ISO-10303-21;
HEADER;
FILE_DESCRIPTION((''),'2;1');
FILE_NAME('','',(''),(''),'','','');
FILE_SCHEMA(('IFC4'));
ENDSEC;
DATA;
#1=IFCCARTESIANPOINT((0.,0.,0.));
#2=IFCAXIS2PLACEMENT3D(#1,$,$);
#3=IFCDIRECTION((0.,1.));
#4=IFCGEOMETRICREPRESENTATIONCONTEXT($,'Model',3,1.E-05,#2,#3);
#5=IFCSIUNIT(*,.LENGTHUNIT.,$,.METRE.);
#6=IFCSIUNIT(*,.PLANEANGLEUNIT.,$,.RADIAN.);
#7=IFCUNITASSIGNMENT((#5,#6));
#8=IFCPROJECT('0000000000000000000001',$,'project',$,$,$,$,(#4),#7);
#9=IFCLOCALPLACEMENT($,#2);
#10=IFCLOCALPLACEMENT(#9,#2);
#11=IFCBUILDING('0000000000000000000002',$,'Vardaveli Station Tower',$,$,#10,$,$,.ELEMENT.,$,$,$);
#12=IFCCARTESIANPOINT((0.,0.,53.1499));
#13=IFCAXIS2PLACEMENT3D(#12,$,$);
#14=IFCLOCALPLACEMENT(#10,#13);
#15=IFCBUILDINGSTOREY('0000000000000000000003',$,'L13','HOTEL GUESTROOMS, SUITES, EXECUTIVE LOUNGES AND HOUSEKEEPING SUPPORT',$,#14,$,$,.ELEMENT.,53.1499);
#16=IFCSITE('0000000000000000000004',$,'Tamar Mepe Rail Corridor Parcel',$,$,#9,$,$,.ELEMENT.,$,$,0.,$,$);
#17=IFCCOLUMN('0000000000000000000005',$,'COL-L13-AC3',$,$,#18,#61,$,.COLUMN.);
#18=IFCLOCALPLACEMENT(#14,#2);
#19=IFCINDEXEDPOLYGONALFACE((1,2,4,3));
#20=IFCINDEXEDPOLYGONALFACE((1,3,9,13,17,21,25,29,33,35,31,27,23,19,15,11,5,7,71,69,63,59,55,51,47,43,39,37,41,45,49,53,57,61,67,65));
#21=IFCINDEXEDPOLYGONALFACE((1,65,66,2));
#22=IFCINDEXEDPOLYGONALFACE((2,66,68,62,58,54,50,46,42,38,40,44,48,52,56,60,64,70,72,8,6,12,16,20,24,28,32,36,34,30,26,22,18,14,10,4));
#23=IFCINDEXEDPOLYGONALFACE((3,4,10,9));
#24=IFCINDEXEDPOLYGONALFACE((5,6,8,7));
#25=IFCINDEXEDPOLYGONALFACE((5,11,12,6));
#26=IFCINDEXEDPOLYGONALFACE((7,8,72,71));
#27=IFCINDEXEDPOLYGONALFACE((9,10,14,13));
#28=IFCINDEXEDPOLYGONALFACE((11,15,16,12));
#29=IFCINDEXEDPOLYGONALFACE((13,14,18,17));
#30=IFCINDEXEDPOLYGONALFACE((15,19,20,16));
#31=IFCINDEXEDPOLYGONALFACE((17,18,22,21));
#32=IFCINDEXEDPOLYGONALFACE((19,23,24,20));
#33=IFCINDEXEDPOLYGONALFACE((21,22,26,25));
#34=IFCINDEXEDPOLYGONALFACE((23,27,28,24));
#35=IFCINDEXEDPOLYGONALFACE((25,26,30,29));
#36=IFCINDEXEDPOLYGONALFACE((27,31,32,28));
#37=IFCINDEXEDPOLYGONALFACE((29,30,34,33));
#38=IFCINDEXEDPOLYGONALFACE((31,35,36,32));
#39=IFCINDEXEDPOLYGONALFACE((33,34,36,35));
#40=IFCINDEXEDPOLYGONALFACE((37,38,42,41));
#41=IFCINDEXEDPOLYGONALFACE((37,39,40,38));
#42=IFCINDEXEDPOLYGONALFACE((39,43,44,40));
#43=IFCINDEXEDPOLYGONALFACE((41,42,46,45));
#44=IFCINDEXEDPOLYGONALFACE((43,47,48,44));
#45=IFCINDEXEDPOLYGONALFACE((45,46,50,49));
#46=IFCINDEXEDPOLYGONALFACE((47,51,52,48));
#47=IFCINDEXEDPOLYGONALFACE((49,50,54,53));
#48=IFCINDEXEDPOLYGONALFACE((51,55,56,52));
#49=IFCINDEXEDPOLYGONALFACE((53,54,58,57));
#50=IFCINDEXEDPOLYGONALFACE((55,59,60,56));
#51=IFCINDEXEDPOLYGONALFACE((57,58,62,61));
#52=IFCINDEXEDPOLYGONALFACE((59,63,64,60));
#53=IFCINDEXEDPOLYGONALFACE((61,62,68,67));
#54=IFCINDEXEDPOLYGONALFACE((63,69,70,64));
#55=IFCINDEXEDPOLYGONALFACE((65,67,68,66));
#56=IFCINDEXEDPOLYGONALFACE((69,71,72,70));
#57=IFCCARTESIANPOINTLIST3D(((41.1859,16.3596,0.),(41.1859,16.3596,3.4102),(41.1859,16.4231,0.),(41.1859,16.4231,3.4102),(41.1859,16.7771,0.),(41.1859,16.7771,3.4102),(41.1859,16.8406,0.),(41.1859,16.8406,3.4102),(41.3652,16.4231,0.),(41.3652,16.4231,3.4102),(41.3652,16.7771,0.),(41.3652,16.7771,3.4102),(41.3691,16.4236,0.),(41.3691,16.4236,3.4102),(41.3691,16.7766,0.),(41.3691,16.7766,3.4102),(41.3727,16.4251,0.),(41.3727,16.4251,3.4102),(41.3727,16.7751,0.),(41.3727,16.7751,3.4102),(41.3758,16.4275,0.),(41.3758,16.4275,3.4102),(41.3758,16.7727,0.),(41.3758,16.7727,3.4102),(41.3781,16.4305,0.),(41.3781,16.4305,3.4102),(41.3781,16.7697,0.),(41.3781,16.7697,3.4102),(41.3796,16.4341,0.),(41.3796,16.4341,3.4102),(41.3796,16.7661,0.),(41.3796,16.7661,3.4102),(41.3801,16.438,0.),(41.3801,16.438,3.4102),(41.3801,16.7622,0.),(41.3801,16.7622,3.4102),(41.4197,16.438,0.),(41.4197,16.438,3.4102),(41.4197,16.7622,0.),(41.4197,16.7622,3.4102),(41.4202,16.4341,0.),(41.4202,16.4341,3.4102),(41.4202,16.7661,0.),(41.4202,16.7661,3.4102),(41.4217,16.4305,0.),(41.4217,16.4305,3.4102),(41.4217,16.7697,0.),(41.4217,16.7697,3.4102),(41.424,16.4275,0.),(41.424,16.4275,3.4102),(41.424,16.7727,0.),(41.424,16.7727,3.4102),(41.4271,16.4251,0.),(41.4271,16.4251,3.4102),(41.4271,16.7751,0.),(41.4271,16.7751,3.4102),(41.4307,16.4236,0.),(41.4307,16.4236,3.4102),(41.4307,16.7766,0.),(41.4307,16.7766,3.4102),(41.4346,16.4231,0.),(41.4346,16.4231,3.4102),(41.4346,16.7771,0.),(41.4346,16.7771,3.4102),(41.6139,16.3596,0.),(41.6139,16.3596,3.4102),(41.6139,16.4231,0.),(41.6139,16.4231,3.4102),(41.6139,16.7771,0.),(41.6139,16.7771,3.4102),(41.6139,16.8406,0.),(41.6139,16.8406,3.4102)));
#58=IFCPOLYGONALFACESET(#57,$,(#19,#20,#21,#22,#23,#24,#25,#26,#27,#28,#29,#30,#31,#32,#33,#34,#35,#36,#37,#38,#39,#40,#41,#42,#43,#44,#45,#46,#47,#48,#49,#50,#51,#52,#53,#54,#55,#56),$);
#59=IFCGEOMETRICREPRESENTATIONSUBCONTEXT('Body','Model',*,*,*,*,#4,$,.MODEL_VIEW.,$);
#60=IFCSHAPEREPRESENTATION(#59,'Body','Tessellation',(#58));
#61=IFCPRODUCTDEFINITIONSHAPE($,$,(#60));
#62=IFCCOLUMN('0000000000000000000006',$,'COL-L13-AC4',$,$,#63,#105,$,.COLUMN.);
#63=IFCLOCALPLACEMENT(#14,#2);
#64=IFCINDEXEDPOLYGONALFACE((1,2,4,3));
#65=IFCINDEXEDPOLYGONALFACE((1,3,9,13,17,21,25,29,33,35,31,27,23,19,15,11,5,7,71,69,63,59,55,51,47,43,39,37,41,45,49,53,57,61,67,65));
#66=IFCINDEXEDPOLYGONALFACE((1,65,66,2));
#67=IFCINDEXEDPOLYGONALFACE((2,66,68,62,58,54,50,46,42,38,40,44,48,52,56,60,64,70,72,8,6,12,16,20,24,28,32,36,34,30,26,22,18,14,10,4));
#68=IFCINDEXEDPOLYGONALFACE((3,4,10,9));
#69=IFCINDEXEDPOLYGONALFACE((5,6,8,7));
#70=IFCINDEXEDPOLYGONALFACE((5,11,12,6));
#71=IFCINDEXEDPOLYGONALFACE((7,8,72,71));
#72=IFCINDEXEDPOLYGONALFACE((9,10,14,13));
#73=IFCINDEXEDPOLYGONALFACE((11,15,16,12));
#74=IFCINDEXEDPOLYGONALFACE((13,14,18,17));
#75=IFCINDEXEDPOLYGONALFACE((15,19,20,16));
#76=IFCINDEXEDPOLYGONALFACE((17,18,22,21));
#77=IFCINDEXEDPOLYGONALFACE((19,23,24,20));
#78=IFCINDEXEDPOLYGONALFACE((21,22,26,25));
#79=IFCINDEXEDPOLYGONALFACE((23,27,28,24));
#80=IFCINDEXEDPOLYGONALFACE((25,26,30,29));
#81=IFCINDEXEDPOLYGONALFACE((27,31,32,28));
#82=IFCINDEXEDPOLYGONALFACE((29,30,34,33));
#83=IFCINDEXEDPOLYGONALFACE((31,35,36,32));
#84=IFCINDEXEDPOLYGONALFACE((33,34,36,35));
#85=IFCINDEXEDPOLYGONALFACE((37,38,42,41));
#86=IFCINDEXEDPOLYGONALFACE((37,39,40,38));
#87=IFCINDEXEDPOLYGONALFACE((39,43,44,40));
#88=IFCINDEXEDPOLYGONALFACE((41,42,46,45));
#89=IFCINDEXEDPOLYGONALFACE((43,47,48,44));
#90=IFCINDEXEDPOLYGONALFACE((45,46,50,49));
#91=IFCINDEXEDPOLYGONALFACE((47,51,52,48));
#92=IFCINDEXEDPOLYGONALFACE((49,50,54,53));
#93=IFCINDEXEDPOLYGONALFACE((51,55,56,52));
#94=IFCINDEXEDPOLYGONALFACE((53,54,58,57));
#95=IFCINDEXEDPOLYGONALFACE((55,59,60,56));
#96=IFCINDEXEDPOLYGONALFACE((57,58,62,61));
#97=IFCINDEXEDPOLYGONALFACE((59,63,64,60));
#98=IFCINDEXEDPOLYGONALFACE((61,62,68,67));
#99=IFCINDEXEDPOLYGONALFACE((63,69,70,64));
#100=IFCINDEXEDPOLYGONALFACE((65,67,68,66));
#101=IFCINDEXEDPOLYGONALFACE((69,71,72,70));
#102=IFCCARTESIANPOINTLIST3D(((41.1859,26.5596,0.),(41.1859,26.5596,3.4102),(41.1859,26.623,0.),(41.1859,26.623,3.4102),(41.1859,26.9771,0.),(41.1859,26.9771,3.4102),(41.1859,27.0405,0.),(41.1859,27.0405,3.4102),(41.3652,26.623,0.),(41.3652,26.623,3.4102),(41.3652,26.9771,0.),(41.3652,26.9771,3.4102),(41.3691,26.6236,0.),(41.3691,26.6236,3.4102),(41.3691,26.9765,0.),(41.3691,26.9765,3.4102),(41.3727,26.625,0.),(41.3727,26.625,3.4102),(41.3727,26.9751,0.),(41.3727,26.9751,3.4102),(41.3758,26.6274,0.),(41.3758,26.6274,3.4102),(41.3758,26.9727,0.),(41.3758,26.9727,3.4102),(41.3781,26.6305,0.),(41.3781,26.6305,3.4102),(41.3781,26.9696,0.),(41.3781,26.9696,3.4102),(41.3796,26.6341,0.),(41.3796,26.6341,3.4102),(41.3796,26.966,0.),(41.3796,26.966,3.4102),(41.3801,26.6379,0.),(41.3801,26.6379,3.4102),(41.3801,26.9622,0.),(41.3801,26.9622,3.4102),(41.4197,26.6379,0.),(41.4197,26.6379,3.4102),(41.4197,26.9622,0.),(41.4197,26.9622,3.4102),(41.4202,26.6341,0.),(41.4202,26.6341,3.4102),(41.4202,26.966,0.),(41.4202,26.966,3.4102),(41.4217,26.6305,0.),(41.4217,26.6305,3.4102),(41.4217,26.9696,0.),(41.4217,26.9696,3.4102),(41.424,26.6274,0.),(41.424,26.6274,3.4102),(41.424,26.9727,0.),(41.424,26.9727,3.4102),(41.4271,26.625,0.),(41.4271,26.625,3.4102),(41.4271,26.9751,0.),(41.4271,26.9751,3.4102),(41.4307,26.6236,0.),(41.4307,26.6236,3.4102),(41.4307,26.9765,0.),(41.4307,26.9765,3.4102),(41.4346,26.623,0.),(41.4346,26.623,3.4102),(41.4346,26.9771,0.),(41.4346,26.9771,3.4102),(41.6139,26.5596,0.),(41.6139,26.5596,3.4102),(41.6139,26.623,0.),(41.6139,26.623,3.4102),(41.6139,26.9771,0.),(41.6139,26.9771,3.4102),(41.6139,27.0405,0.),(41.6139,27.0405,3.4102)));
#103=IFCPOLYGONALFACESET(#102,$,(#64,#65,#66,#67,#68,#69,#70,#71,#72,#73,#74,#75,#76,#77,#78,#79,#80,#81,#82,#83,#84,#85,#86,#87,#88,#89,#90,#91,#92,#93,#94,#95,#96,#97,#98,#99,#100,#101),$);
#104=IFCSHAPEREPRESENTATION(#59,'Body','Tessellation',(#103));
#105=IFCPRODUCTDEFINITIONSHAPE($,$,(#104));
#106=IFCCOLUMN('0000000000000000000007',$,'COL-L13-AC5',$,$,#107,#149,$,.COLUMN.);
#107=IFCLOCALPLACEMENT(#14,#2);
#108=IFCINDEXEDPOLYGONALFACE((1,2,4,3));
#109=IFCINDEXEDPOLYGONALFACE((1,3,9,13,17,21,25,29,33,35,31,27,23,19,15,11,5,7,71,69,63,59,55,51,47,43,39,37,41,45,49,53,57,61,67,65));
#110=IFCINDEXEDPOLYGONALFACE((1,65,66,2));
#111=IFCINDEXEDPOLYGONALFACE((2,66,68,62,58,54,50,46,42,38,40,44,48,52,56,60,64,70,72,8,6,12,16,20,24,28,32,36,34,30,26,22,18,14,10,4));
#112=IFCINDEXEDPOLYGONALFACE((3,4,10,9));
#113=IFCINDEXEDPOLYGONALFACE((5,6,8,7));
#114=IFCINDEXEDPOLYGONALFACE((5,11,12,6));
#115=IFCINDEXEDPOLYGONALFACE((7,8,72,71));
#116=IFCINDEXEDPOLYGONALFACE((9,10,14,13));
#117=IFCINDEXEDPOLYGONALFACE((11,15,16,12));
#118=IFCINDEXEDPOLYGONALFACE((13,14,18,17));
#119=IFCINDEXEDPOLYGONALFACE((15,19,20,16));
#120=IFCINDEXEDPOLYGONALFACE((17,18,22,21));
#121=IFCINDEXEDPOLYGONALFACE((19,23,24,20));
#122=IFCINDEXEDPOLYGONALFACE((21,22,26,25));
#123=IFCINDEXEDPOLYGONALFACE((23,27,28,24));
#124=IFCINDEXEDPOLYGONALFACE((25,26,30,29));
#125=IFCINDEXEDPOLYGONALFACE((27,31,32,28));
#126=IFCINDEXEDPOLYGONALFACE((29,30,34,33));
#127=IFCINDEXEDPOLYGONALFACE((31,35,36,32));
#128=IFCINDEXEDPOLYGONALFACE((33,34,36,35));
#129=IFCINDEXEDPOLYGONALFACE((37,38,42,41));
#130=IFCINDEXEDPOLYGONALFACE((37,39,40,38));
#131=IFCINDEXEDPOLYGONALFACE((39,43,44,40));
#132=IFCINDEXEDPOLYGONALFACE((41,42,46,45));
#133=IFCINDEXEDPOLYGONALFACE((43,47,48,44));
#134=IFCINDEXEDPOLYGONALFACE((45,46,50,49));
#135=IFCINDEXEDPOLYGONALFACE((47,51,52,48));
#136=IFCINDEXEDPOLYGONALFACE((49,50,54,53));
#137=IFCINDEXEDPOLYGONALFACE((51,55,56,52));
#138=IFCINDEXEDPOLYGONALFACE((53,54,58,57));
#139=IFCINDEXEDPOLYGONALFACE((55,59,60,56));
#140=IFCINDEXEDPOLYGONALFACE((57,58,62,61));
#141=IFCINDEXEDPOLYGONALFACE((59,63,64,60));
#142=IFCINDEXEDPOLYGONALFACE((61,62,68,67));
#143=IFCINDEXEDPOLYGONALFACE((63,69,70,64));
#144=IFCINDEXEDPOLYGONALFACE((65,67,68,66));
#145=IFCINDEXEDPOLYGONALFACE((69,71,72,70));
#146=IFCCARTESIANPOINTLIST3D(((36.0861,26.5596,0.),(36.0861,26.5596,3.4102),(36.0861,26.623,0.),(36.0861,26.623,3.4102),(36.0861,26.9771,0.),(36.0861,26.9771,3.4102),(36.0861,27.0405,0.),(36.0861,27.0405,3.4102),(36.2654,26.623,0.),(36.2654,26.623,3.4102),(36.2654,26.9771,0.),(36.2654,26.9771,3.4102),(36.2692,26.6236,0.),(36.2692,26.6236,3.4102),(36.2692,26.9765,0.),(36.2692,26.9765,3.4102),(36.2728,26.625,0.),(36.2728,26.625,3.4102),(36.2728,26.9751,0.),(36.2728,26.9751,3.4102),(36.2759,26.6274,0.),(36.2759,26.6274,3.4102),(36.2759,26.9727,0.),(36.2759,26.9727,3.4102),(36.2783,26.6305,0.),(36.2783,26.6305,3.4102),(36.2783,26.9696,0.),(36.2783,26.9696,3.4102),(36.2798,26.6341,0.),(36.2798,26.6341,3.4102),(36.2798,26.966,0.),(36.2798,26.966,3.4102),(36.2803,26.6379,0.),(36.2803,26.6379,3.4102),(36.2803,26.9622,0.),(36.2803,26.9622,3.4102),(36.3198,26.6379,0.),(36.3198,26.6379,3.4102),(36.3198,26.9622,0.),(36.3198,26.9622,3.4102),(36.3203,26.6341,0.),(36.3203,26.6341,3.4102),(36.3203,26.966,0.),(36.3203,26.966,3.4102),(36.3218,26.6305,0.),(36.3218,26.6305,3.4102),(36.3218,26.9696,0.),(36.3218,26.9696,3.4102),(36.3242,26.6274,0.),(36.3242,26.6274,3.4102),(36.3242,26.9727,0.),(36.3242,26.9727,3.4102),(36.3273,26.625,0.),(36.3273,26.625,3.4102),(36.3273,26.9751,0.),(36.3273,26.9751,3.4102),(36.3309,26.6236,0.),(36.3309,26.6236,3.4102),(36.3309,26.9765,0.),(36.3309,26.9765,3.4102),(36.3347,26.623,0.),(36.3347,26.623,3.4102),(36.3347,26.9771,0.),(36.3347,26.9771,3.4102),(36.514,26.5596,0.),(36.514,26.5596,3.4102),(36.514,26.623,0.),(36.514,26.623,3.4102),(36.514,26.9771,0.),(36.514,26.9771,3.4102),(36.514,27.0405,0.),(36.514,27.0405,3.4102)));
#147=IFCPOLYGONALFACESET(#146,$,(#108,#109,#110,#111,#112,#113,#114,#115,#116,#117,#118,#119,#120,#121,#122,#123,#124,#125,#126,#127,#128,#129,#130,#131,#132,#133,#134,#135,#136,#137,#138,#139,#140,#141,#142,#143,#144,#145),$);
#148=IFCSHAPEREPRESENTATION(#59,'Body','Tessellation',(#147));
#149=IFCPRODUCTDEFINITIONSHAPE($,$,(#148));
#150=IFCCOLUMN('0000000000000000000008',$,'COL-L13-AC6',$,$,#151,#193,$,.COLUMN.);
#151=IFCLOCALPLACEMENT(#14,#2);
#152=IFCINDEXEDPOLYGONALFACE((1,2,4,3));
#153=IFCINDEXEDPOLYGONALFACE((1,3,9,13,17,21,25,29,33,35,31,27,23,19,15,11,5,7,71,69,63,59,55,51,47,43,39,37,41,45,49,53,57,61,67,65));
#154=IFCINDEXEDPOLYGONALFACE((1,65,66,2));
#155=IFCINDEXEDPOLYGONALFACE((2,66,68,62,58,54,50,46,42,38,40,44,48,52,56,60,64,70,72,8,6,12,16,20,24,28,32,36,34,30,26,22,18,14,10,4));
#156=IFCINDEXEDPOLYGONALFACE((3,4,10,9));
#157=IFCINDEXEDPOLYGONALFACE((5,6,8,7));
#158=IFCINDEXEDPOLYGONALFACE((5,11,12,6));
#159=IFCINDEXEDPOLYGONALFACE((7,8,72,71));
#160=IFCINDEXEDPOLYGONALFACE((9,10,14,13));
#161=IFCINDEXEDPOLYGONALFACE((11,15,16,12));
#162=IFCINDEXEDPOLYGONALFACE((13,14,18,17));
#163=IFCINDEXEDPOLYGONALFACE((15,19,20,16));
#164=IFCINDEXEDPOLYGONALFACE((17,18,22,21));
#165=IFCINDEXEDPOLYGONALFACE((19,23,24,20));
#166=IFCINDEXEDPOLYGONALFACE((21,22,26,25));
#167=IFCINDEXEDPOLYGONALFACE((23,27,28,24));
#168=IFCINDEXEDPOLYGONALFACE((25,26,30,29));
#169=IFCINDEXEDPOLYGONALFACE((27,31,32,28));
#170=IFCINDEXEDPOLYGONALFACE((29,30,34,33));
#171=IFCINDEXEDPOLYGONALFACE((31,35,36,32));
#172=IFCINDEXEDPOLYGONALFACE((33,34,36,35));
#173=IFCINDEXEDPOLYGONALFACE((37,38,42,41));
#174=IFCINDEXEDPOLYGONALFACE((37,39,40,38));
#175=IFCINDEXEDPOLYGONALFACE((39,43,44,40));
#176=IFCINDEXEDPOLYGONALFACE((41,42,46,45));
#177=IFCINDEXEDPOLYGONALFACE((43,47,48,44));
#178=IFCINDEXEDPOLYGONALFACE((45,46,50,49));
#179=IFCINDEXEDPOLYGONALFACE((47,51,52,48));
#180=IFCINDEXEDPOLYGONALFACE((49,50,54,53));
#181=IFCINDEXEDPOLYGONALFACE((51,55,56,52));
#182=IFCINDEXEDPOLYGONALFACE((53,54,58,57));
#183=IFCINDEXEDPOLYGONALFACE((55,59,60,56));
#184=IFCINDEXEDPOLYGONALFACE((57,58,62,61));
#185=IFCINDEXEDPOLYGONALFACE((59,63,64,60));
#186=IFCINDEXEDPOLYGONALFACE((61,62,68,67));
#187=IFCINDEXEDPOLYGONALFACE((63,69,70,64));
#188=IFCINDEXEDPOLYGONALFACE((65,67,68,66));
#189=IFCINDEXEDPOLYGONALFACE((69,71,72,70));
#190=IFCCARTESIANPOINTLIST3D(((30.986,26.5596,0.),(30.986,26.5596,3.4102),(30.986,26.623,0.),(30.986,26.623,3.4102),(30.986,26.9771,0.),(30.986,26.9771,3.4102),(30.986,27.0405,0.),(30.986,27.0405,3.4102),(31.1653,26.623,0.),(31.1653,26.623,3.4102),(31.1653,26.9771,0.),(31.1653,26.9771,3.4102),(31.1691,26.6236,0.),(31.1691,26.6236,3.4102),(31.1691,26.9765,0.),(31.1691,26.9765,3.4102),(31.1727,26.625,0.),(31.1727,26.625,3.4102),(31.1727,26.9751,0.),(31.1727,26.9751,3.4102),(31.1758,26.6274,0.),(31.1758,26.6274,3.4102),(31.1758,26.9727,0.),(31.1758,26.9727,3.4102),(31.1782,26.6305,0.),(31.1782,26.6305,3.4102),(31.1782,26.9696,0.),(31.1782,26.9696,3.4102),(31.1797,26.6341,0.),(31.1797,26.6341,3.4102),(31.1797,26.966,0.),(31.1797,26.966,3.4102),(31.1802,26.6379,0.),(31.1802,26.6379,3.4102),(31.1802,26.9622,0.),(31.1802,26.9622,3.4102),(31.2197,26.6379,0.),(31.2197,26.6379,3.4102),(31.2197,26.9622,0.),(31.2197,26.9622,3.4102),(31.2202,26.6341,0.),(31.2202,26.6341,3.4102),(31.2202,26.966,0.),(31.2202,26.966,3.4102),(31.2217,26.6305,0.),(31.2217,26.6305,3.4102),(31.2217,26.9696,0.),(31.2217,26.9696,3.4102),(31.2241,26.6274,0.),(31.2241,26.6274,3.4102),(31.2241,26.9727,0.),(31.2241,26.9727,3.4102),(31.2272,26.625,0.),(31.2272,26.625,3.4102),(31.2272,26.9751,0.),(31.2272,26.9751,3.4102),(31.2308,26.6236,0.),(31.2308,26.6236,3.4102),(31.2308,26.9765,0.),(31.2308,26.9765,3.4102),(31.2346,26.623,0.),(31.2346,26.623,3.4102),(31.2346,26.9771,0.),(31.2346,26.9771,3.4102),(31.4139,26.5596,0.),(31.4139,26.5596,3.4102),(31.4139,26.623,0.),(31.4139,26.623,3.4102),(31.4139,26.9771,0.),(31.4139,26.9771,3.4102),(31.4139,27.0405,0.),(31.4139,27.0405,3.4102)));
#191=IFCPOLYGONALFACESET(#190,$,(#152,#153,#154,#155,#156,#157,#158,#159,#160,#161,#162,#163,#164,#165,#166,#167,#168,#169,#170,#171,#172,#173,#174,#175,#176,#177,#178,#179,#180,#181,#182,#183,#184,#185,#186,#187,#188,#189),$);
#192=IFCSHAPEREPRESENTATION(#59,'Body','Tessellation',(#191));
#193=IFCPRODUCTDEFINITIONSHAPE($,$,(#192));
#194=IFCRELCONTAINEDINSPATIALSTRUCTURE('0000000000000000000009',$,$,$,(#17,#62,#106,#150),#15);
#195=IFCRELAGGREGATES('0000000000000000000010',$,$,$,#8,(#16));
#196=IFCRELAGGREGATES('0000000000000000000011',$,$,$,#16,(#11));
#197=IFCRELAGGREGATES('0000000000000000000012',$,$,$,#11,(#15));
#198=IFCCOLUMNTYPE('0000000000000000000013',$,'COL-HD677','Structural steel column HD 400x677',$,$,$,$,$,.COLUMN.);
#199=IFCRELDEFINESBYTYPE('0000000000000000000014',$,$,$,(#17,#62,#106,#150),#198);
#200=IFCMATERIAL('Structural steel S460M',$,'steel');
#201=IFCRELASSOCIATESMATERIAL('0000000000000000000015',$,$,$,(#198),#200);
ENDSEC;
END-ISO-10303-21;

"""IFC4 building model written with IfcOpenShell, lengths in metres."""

from ifc_helpers import new_model, si_unit, direction, frame, origin, origin_2d, place, context, subcontext, project, spatial, i_section, extrude, source, transform, mapped, material, material_profile, profile_set, type_object, element, save


model = new_model("IFC4")

# Units and contexts
model_context = context("Model", 3, precision=1e-05, world=origin(), true_north=direction((0.0, 1.0)))
body_context = subcontext(model_context, "Body", "Model", "MODEL_VIEW")
ifc_project = project(units=[si_unit("LENGTHUNIT", "METRE"), si_unit("PLANEANGLEUNIT", "RADIAN")], contexts=[model_context])

# Site, building, storey
site_placement = place(None, origin())
site = spatial("IfcSite", under=ifc_project, at=site_placement, Name="Tamar Mepe Rail Corridor Parcel", CompositionType="ELEMENT", RefElevation=0.0)
building_placement = place(site_placement, origin())
building = spatial("IfcBuilding", under=site, at=building_placement, Name="Vardaveli Station Tower", CompositionType="ELEMENT")
storey_placement = place(building_placement, frame((0.0, 0.0, 53.1499)))
storey = spatial("IfcBuildingStorey", under=building, at=storey_placement, Name="L13", Description="HOTEL GUESTROOMS, SUITES, EXECUTIVE LOUNGES AND HOUSEKEEPING SUPPORT", CompositionType="ELEMENT", Elevation=53.1499)

# Columns
ifc_material_1 = material(Name="Structural steel S460M", Category="steel")
ifc_material_profile_1 = material_profile(ifc_material_1, i_section(OverallWidth=0.428, OverallDepth=0.481, WebThickness=0.0396, FlangeThickness=0.0635, FilletRadius=0.0149, at=origin_2d()), Name="HD 400x677")
ifc_profile_set_1 = profile_set([ifc_material_profile_1], Name="Structural steel S460M")
column_type = type_object("IfcColumnType", Name="COL-HD677", Description="Structural steel column HD 400x677", PredefinedType="COLUMN", material=ifc_profile_set_1)
shared_shape_1 = source(origin(), body_context, "Body", "SweptSolid", [
    extrude(i_section(OverallWidth=0.428, OverallDepth=0.481, WebThickness=0.0396, FlangeThickness=0.0635, FilletRadius=0.0149, at=origin_2d()), origin(), (0.0, 0.0, 1.0), 3.4102),
])
for number, where, z_axis, x_axis, name in (
    (1, (41.3999, 16.6001, 0.0), (0.0, 0.0, 1.0), (1.0, 0.0, 0.0), "COL-L13-AC3"),
    (2, (41.3999, 26.8, 0.0), (0.0, 0.0, 1.0), (1.0, 0.0, 0.0), "COL-L13-AC4"),
    (3, (36.3, 26.8, 0.0), (0.0, 0.0, 1.0), (1.0, 0.0, 0.0), "COL-L13-AC5"),
    (4, (31.2, 26.8, 0.0), (0.0, 0.0, 1.0), (1.0, 0.0, 0.0), "COL-L13-AC6"),
):
    element("IfcColumn", number, at=place(storey_placement, frame(where, z_axis=z_axis, x_axis=x_axis)), inside=storey, type_object=column_type, Name=name, PredefinedType="COLUMN", context=body_context, shape_type="MappedRepresentation", body=[
        mapped(shared_shape_1, transform((0.0, 0.0, 0.0), scale=1.0)),
    ])

save(model, "model.ifc")
